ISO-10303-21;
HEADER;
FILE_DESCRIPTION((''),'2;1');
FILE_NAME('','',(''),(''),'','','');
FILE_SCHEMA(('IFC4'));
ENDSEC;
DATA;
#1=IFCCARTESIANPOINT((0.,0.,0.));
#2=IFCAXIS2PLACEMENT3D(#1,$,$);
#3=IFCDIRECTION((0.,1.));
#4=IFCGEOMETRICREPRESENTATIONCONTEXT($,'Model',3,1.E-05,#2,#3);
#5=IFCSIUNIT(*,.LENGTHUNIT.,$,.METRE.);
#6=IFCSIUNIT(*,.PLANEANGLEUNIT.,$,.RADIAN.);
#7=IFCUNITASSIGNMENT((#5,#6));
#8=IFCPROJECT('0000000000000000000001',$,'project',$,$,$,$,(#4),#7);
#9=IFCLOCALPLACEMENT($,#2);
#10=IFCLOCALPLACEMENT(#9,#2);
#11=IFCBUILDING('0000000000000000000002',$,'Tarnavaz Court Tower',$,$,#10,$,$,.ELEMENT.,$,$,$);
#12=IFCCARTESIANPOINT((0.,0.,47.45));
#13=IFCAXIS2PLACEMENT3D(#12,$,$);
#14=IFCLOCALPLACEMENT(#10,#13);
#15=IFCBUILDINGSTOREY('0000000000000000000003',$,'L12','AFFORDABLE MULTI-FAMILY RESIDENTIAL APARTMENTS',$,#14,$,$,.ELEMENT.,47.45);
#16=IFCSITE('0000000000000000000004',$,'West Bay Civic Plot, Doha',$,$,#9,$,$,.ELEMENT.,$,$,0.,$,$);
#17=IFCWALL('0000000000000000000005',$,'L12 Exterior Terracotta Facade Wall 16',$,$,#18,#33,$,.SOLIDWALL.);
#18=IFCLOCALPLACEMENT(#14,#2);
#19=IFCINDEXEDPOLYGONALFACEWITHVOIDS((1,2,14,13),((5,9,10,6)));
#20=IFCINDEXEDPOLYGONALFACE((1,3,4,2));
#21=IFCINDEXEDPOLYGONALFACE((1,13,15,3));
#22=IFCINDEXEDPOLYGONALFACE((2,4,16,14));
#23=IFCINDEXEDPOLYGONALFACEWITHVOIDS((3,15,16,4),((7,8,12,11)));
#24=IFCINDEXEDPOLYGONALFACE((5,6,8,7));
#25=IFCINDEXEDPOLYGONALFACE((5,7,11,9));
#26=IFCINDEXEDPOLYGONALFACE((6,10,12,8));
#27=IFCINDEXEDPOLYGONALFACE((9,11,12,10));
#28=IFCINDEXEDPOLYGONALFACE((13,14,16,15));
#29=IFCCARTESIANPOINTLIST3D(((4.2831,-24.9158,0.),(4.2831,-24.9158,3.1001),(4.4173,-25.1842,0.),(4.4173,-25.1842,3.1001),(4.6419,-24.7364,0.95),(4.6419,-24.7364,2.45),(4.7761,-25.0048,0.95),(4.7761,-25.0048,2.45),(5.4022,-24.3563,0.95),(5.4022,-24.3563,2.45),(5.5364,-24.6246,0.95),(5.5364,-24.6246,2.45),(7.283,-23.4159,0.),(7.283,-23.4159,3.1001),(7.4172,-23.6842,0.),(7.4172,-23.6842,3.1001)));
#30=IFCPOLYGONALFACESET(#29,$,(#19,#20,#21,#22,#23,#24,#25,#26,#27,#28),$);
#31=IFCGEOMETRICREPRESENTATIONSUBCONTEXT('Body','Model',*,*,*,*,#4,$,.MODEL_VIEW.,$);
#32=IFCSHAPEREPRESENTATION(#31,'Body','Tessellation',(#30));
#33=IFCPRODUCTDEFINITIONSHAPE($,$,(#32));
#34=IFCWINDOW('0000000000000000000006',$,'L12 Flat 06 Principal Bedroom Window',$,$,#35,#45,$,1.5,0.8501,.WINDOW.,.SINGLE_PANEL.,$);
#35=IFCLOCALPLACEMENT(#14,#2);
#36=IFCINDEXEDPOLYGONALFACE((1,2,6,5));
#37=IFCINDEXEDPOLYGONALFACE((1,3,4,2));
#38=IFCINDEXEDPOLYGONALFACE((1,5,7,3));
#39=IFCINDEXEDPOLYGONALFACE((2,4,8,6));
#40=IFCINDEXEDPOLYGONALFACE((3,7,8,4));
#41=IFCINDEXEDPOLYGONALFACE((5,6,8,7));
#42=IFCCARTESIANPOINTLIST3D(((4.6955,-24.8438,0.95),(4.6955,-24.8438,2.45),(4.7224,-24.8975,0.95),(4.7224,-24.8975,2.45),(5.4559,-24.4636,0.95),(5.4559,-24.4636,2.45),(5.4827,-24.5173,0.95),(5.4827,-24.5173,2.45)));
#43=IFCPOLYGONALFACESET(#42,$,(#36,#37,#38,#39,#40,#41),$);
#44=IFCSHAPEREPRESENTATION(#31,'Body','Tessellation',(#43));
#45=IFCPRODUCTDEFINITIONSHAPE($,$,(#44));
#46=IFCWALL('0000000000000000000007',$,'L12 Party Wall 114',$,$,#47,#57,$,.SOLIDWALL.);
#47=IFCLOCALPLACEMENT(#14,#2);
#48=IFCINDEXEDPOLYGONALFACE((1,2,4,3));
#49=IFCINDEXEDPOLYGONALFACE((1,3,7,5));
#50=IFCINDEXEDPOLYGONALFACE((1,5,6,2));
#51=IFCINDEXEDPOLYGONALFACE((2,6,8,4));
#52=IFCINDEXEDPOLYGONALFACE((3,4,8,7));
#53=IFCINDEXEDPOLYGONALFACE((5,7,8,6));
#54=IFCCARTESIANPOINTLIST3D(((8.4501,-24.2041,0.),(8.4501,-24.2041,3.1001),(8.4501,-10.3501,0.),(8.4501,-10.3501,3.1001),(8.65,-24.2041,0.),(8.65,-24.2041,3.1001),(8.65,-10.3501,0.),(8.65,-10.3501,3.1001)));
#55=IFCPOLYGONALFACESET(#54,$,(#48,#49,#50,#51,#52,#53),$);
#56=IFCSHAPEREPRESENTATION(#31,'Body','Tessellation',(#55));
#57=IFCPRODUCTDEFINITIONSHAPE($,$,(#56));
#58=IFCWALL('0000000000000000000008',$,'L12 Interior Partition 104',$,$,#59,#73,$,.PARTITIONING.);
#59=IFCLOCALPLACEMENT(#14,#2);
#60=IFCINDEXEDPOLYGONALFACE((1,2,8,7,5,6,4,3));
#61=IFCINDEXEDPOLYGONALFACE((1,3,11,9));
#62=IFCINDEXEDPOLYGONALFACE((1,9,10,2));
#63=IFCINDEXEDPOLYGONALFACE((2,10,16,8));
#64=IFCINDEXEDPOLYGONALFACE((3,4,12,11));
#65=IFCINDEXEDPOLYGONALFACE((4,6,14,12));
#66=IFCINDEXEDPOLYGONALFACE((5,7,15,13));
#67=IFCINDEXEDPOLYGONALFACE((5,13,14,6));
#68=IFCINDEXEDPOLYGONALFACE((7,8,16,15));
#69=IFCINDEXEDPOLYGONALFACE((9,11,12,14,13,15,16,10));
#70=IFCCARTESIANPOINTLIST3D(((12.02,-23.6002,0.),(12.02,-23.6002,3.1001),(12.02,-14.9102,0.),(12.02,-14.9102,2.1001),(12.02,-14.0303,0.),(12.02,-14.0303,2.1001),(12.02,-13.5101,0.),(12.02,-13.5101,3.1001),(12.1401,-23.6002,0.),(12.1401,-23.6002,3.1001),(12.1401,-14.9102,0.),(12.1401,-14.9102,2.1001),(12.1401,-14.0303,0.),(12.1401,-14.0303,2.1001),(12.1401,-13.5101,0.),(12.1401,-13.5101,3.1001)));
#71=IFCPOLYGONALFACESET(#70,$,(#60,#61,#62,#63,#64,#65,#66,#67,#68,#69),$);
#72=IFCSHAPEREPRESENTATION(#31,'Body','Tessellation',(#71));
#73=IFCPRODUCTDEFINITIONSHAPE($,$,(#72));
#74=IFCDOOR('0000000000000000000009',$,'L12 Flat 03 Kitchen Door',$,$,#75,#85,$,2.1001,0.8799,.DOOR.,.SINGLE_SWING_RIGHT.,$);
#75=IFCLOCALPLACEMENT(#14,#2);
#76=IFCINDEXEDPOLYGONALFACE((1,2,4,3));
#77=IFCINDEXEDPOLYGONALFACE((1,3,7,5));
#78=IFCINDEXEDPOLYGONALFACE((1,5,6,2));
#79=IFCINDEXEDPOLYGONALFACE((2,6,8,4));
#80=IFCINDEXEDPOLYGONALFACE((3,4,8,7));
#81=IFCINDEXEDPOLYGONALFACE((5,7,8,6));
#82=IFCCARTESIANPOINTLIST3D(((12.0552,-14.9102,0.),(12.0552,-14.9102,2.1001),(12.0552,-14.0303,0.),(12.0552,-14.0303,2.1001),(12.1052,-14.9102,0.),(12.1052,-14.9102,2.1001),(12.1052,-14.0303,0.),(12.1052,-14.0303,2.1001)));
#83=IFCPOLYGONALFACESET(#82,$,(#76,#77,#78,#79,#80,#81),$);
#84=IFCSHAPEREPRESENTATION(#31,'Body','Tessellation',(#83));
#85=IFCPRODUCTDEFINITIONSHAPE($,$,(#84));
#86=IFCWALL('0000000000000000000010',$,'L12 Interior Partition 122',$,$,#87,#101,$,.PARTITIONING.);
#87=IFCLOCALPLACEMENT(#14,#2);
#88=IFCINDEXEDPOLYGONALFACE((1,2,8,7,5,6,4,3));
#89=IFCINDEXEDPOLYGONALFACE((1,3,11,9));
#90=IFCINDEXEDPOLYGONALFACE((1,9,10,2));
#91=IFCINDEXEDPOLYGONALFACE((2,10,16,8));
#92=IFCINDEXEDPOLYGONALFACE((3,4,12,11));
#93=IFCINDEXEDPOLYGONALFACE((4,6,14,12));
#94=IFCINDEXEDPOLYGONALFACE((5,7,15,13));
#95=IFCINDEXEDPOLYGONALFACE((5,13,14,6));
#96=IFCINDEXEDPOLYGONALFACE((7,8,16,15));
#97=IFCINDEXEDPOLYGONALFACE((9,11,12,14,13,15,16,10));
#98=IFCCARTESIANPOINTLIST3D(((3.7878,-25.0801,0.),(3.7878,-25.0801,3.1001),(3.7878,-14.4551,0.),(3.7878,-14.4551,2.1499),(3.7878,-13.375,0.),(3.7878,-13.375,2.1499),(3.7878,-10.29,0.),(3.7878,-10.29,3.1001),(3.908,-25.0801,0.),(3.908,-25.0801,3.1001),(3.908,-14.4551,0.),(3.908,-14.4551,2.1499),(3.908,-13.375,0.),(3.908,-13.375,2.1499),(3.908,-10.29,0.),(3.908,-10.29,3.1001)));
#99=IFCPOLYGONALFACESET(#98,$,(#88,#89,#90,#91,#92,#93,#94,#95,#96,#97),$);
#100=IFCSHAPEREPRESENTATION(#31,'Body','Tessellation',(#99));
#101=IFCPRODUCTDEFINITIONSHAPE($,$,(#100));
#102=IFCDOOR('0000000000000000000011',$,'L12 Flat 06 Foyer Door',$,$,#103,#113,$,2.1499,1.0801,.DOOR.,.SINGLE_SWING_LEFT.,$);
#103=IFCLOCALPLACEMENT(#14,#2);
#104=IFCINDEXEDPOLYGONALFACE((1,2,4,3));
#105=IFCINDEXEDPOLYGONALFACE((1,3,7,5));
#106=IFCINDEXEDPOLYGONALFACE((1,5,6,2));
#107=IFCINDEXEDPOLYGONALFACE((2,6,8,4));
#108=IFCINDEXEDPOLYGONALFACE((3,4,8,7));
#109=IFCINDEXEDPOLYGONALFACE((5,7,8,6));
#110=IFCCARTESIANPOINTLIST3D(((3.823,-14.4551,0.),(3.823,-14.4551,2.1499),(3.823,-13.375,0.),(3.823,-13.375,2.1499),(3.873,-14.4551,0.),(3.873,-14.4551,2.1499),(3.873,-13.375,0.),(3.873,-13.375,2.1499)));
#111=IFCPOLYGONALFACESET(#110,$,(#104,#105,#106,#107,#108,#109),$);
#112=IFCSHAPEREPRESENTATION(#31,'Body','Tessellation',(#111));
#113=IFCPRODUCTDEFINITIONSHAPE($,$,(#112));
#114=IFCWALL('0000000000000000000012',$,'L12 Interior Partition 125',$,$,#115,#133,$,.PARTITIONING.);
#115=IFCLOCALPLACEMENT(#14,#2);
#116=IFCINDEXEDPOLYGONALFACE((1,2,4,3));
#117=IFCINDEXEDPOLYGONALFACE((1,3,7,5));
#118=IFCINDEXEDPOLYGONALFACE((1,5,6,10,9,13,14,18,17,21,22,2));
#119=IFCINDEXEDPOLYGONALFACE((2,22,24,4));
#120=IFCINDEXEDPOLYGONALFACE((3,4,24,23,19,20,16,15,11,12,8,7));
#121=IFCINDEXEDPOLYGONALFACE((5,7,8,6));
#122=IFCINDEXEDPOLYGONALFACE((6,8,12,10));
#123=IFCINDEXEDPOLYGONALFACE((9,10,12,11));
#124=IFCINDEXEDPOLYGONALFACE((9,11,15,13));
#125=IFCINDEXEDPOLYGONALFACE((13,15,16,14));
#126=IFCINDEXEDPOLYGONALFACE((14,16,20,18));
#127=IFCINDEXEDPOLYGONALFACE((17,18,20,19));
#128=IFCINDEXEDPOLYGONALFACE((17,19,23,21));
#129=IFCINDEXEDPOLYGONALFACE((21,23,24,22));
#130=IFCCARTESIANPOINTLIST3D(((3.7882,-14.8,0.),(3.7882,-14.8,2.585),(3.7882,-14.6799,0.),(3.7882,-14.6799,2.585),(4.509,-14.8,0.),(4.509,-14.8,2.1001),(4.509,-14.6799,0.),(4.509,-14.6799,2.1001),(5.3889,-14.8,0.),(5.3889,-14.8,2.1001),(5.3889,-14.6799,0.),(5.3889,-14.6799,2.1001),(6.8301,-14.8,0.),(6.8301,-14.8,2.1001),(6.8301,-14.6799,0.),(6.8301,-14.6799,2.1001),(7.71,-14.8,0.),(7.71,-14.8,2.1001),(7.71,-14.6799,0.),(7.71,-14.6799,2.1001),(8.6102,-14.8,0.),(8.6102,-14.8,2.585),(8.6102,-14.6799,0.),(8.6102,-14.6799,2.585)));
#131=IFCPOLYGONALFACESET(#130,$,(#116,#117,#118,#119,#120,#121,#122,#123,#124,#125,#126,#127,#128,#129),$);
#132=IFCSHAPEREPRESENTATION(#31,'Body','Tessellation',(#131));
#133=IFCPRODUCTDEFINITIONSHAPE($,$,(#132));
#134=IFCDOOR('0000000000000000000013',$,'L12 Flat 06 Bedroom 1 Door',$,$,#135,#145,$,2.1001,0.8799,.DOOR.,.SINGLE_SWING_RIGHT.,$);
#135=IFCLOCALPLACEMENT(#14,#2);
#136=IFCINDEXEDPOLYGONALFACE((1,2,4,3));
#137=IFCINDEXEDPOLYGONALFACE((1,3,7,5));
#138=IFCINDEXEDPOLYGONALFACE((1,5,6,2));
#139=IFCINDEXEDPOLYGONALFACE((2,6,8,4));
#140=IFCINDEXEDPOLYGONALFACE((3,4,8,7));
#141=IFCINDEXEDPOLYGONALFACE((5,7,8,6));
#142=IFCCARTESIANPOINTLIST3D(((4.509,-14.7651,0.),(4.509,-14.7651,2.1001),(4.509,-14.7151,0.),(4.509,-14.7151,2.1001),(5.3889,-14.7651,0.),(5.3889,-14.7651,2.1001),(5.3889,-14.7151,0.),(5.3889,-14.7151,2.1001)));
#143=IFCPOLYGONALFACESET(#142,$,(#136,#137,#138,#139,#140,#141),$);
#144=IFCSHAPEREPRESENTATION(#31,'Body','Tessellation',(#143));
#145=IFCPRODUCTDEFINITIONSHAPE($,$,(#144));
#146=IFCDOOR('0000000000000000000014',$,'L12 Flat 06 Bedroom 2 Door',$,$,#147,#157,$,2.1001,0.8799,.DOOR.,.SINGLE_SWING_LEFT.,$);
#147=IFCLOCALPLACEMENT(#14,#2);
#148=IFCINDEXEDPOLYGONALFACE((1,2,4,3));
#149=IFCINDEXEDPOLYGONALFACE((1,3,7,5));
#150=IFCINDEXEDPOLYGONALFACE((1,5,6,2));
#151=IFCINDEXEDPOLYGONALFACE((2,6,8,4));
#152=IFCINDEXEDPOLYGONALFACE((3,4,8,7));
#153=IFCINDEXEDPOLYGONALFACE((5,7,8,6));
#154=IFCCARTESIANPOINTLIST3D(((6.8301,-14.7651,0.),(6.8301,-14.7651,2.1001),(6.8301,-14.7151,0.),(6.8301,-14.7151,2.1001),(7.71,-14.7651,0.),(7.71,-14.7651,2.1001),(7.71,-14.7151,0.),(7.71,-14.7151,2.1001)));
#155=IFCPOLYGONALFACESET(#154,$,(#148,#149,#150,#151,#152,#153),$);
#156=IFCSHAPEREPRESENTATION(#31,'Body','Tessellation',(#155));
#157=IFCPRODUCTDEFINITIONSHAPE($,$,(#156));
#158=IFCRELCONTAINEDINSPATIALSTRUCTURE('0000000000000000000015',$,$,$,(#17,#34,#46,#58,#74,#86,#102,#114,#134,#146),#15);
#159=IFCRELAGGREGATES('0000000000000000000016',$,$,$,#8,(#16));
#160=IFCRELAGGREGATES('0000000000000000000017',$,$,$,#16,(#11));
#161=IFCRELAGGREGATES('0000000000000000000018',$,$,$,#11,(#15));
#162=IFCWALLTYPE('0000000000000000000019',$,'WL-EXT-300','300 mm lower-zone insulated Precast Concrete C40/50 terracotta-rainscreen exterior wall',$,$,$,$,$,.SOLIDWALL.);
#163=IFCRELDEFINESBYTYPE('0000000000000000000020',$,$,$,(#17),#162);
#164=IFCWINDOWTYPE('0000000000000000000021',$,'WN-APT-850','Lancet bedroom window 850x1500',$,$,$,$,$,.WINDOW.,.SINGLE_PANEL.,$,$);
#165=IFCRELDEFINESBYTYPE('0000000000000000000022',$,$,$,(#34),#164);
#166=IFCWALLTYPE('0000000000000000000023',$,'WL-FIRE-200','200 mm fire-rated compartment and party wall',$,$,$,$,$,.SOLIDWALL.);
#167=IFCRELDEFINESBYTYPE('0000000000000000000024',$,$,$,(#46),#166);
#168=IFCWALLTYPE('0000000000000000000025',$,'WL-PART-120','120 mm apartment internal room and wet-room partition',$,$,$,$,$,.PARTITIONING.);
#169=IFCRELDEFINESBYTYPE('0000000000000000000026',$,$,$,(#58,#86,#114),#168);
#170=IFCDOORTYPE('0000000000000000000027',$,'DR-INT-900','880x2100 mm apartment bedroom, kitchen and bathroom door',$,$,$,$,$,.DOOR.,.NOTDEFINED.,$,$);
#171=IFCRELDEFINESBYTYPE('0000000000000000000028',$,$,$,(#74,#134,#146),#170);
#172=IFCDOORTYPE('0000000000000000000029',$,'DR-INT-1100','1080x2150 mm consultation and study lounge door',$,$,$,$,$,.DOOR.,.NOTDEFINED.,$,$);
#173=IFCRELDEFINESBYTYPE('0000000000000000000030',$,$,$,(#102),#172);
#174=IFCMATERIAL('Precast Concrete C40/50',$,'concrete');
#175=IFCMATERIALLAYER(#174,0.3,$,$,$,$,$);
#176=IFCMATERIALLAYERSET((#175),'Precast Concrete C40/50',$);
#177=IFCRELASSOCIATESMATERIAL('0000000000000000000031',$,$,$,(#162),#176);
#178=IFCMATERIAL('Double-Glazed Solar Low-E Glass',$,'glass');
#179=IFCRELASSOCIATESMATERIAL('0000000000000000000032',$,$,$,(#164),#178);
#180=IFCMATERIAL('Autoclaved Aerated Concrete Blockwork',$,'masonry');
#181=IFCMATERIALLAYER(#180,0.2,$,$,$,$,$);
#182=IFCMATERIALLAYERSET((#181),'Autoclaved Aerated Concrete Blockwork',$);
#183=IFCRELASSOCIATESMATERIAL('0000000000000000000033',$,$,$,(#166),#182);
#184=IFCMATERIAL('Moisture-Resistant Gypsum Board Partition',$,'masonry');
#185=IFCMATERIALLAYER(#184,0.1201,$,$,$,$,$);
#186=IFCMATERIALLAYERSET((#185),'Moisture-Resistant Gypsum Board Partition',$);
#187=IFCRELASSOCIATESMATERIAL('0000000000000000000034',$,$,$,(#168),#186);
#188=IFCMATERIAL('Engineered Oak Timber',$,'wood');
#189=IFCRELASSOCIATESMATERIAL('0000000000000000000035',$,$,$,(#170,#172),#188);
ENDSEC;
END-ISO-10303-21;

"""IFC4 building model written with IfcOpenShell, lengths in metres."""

from ifc_helpers import new_model, si_unit, direction, frame, frame_2d, origin, place, context, subcontext, project, spatial, rectangle, extrude, material, layer, layer_set, type_object, element, fill, save


model = new_model("IFC4")

# Units and contexts
model_context = context("Model", 3, precision=1e-05, world=origin(), true_north=direction((0.0, 1.0)))
body_context = subcontext(model_context, "Body", "Model", "MODEL_VIEW")
ifc_project = project(units=[si_unit("LENGTHUNIT", "METRE"), si_unit("PLANEANGLEUNIT", "RADIAN")], contexts=[model_context])

# Site, building, storey
site_placement = place(None, origin())
site = spatial("IfcSite", under=ifc_project, at=site_placement, Name="West Bay Civic Plot, Doha", CompositionType="ELEMENT", RefElevation=0.0)
building_placement = place(site_placement, origin())
building = spatial("IfcBuilding", under=site, at=building_placement, Name="Tarnavaz Court Tower", CompositionType="ELEMENT")
storey_placement = place(building_placement, frame((0.0, 0.0, 47.45)))
storey = spatial("IfcBuildingStorey", under=building, at=storey_placement, Name="L12", Description="AFFORDABLE MULTI-FAMILY RESIDENTIAL APARTMENTS", CompositionType="ELEMENT", Elevation=47.45)

# Shared definitions
ifc_material_1 = material(Name="Double-Glazed Solar Low-E Glass", Category="glass")

# Wall, opening, window
ifc_material_2 = material(Name="Precast Concrete C40/50", Category="concrete")
ifc_layer_1 = layer(ifc_material_2, 0.3)
ifc_layer_set_1 = layer_set([ifc_layer_1], Name="Precast Concrete C40/50")
wall_type_1 = type_object("IfcWallType", Name="WL-EXT-300", Description="300 mm lower-zone insulated Precast Concrete C40/50 terracotta-rainscreen exterior wall", PredefinedType="SOLIDWALL", material=ifc_layer_set_1)
wall_1_placement = place(storey_placement, frame((7.3501, -23.55, 0.0), z_axis=(0.0, 0.0, 1.0), x_axis=(-0.894427, -0.447214, 0.0)))
wall_1 = element("IfcWall", 1, at=wall_1_placement, inside=storey, type_object=wall_type_1, Name="L12 Exterior Terracotta Facade Wall 16", PredefinedType="SOLIDWALL", context=body_context, shape_type="SweptSolid", body=[
    extrude(rectangle(XDim=3.354, YDim=0.3, at=frame_2d((1.677, 0.0))), origin(), (0.0, 0.0, 1.0), 3.1001),
])
opening_1_placement = place(wall_1_placement, frame((2.1028, 0.0, 0.95)))
opening_1 = element("IfcOpeningElement", 2, at=opening_1_placement, cuts=wall_1, PredefinedType="OPENING", context=body_context, shape_type="SweptSolid", body=[
    extrude(rectangle(XDim=0.8501, YDim=1.5, at=frame_2d((0.425, 0.75))), frame((0.0, 0.1599, 0.0), z_axis=(0.0, -1.0, 0.0), x_axis=(1.0, 0.0, 0.0)), (0.0, 0.0, 1.0), 0.3201),
])
window_type = type_object("IfcWindowType", Name="WN-APT-850", Description="Lancet bedroom window 850x1500", PartitioningType="SINGLE_PANEL", PredefinedType="WINDOW", material=ifc_material_1)
window_placement = place(opening_1_placement, origin())
window = element("IfcWindow", 3, at=window_placement, inside=storey, type_object=window_type, Name="L12 Flat 06 Principal Bedroom Window", OverallHeight=1.5, OverallWidth=0.8501, PartitioningType="SINGLE_PANEL", PredefinedType="WINDOW", context=body_context, shape_type="SweptSolid", body=[
    extrude(rectangle(XDim=0.8501, YDim=1.5, at=frame_2d((0.425, 0.75))), frame((0.0, 0.03, 0.0), z_axis=(0.0, -1.0, 0.0), x_axis=(1.0, 0.0, 0.0)), (0.0, 0.0, 1.0), 0.0601),
])
fill(opening_1, window)

# Wall
ifc_material_3 = material(Name="Autoclaved Aerated Concrete Blockwork", Category="masonry")
ifc_layer_2 = layer(ifc_material_3, 0.2)
ifc_layer_set_2 = layer_set([ifc_layer_2], Name="Autoclaved Aerated Concrete Blockwork")
wall_type_2 = type_object("IfcWallType", Name="WL-FIRE-200", Description="200 mm fire-rated compartment and party wall", PredefinedType="SOLIDWALL", material=ifc_layer_set_2)
wall_2_placement = place(storey_placement, frame((8.55, -24.2041, 0.0), z_axis=(0.0, 0.0, 1.0), x_axis=(0.0, 1.0, 0.0)))
element("IfcWall", 4, at=wall_2_placement, inside=storey, type_object=wall_type_2, Name="L12 Party Wall 114", PredefinedType="SOLIDWALL", context=body_context, shape_type="SweptSolid", body=[
    extrude(rectangle(XDim=13.854, YDim=0.2, at=frame_2d((6.927, 0.0))), origin(), (0.0, 0.0, 1.0), 3.1001),
])

# Walls, openings, doors
ifc_material_4 = material(Name="Moisture-Resistant Gypsum Board Partition", Category="masonry")
ifc_layer_3 = layer(ifc_material_4, 0.1201)
ifc_layer_set_3 = layer_set([ifc_layer_3], Name="Moisture-Resistant Gypsum Board Partition")
wall_type_3 = type_object("IfcWallType", Name="WL-PART-120", Description="120 mm apartment internal room and wet-room partition", PredefinedType="PARTITIONING", material=ifc_layer_set_3)
wall_3_placement = place(storey_placement, frame((12.0801, -23.6001, 0.0), z_axis=(0.0, 0.0, 1.0), x_axis=(0.0, 1.0, 0.0)))
wall_3 = element("IfcWall", 5, at=wall_3_placement, inside=storey, type_object=wall_type_3, Name="L12 Interior Partition 104", PredefinedType="PARTITIONING", context=body_context, shape_type="SweptSolid", body=[
    extrude(rectangle(XDim=10.0901, YDim=0.1201, at=frame_2d((5.0449, 0.0))), origin(), (0.0, 0.0, 1.0), 3.1001),
])
opening_2_placement = place(wall_3_placement, frame((8.6899, 0.0, 0.0)))
opening_2 = element("IfcOpeningElement", 6, at=opening_2_placement, cuts=wall_3, PredefinedType="OPENING", context=body_context, shape_type="SweptSolid", body=[
    extrude(rectangle(XDim=0.8799, YDim=2.1001, at=frame_2d((0.4399, 1.05))), frame((0.0, 0.0701, 0.0), z_axis=(0.0, -1.0, 0.0), x_axis=(1.0, 0.0, 0.0)), (0.0, 0.0, 1.0), 0.1401),
])
ifc_material_5 = material(Name="Engineered Oak Timber", Category="wood")
door_type_1 = type_object("IfcDoorType", Name="DR-INT-900", Description="880x2100 mm apartment bedroom, kitchen and bathroom door", OperationType="NOTDEFINED", PredefinedType="DOOR", material=ifc_material_5)
door_1_placement = place(opening_2_placement, origin())
door_1 = element("IfcDoor", 7, at=door_1_placement, inside=storey, type_object=door_type_1, Name="L12 Flat 03 Kitchen Door", OperationType="SINGLE_SWING_RIGHT", OverallHeight=2.1001, OverallWidth=0.8799, PredefinedType="DOOR", context=body_context, shape_type="SweptSolid", body=[
    extrude(rectangle(XDim=0.8799, YDim=2.1001, at=frame_2d((0.4399, 1.05))), frame((0.0, 0.0249, 0.0), z_axis=(0.0, -1.0, 0.0), x_axis=(1.0, 0.0, 0.0)), (0.0, 0.0, 1.0), 0.05),
])
fill(opening_2, door_1)
wall_4_placement = place(storey_placement, frame((3.8479, -25.0801, 0.0), z_axis=(0.0, 0.0, 1.0), x_axis=(0.0, 1.0, 0.0)))
wall_4 = element("IfcWall", 8, at=wall_4_placement, inside=storey, type_object=wall_type_3, Name="L12 Interior Partition 122", PredefinedType="PARTITIONING", context=body_context, shape_type="SweptSolid", body=[
    extrude(rectangle(XDim=14.79, YDim=0.1201, at=frame_2d((7.395, 0.0))), origin(), (0.0, 0.0, 1.0), 3.1001),
])
opening_3_placement = place(wall_4_placement, frame((10.625, 0.0, 0.0)))
opening_3 = element("IfcOpeningElement", 9, at=opening_3_placement, cuts=wall_4, PredefinedType="OPENING", context=body_context, shape_type="SweptSolid", body=[
    extrude(rectangle(XDim=1.0801, YDim=2.1499, at=frame_2d((0.54, 1.075))), frame((0.0, 0.0701, 0.0), z_axis=(0.0, -1.0, 0.0), x_axis=(1.0, 0.0, 0.0)), (0.0, 0.0, 1.0), 0.1401),
])
door_type_2 = type_object("IfcDoorType", Name="DR-INT-1100", Description="1080x2150 mm consultation and study lounge door", OperationType="NOTDEFINED", PredefinedType="DOOR", material=ifc_material_5)
door_2_placement = place(opening_3_placement, origin())
door_2 = element("IfcDoor", 10, at=door_2_placement, inside=storey, type_object=door_type_2, Name="L12 Flat 06 Foyer Door", OperationType="SINGLE_SWING_LEFT", OverallHeight=2.1499, OverallWidth=1.0801, PredefinedType="DOOR", context=body_context, shape_type="SweptSolid", body=[
    extrude(rectangle(XDim=1.0801, YDim=2.1499, at=frame_2d((0.54, 1.075))), frame((0.0, 0.0249, 0.0), z_axis=(0.0, -1.0, 0.0), x_axis=(1.0, 0.0, 0.0)), (0.0, 0.0, 1.0), 0.05),
])
fill(opening_3, door_2)

# Wall, openings, doors
wall_5_placement = place(storey_placement, frame((3.7881, -14.74, 0.0), z_axis=(0.0, 0.0, 1.0), x_axis=(1.0, 0.0, 0.0)))
wall_5 = element("IfcWall", 11, at=wall_5_placement, inside=storey, type_object=wall_type_3, Name="L12 Interior Partition 125", PredefinedType="PARTITIONING", context=body_context, shape_type="SweptSolid", body=[
    extrude(rectangle(XDim=4.822, YDim=0.1201, at=frame_2d((2.4111, 0.0))), origin(), (0.0, 0.0, 1.0), 2.585),
])
opening_4_placement = place(wall_5_placement, frame((0.7209, 0.0, 0.0)))
opening_4 = element("IfcOpeningElement", 12, at=opening_4_placement, cuts=wall_5, PredefinedType="OPENING", context=body_context, shape_type="SweptSolid", body=[
    extrude(rectangle(XDim=0.8799, YDim=2.1001, at=frame_2d((0.4399, 1.05))), frame((0.0, 0.0701, 0.0), z_axis=(0.0, -1.0, 0.0), x_axis=(1.0, 0.0, 0.0)), (0.0, 0.0, 1.0), 0.1401),
])
opening_5_placement = place(wall_5_placement, frame((3.042, 0.0, 0.0)))
opening_5 = element("IfcOpeningElement", 13, at=opening_5_placement, cuts=wall_5, PredefinedType="OPENING", context=body_context, shape_type="SweptSolid", body=[
    extrude(rectangle(XDim=0.8799, YDim=2.1001, at=frame_2d((0.4399, 1.05))), frame((0.0, 0.0701, 0.0), z_axis=(0.0, -1.0, 0.0), x_axis=(1.0, 0.0, 0.0)), (0.0, 0.0, 1.0), 0.1401),
])
door_3_placement = place(opening_4_placement, origin())
door_3 = element("IfcDoor", 14, at=door_3_placement, inside=storey, type_object=door_type_1, Name="L12 Flat 06 Bedroom 1 Door", OperationType="SINGLE_SWING_RIGHT", OverallHeight=2.1001, OverallWidth=0.8799, PredefinedType="DOOR", context=body_context, shape_type="SweptSolid", body=[
    extrude(rectangle(XDim=0.8799, YDim=2.1001, at=frame_2d((0.4399, 1.05))), frame((0.0, 0.0249, 0.0), z_axis=(0.0, -1.0, 0.0), x_axis=(1.0, 0.0, 0.0)), (0.0, 0.0, 1.0), 0.05),
])
fill(opening_4, door_3)
door_4_placement = place(opening_5_placement, origin())
door_4 = element("IfcDoor", 15, at=door_4_placement, inside=storey, type_object=door_type_1, Name="L12 Flat 06 Bedroom 2 Door", OperationType="SINGLE_SWING_LEFT", OverallHeight=2.1001, OverallWidth=0.8799, PredefinedType="DOOR", context=body_context, shape_type="SweptSolid", body=[
    extrude(rectangle(XDim=0.8799, YDim=2.1001, at=frame_2d((0.4399, 1.05))), frame((0.0, 0.0249, 0.0), z_axis=(0.0, -1.0, 0.0), x_axis=(1.0, 0.0, 0.0)), (0.0, 0.0, 1.0), 0.05),
])
fill(opening_5, door_4)

save(model, "model.ifc")
